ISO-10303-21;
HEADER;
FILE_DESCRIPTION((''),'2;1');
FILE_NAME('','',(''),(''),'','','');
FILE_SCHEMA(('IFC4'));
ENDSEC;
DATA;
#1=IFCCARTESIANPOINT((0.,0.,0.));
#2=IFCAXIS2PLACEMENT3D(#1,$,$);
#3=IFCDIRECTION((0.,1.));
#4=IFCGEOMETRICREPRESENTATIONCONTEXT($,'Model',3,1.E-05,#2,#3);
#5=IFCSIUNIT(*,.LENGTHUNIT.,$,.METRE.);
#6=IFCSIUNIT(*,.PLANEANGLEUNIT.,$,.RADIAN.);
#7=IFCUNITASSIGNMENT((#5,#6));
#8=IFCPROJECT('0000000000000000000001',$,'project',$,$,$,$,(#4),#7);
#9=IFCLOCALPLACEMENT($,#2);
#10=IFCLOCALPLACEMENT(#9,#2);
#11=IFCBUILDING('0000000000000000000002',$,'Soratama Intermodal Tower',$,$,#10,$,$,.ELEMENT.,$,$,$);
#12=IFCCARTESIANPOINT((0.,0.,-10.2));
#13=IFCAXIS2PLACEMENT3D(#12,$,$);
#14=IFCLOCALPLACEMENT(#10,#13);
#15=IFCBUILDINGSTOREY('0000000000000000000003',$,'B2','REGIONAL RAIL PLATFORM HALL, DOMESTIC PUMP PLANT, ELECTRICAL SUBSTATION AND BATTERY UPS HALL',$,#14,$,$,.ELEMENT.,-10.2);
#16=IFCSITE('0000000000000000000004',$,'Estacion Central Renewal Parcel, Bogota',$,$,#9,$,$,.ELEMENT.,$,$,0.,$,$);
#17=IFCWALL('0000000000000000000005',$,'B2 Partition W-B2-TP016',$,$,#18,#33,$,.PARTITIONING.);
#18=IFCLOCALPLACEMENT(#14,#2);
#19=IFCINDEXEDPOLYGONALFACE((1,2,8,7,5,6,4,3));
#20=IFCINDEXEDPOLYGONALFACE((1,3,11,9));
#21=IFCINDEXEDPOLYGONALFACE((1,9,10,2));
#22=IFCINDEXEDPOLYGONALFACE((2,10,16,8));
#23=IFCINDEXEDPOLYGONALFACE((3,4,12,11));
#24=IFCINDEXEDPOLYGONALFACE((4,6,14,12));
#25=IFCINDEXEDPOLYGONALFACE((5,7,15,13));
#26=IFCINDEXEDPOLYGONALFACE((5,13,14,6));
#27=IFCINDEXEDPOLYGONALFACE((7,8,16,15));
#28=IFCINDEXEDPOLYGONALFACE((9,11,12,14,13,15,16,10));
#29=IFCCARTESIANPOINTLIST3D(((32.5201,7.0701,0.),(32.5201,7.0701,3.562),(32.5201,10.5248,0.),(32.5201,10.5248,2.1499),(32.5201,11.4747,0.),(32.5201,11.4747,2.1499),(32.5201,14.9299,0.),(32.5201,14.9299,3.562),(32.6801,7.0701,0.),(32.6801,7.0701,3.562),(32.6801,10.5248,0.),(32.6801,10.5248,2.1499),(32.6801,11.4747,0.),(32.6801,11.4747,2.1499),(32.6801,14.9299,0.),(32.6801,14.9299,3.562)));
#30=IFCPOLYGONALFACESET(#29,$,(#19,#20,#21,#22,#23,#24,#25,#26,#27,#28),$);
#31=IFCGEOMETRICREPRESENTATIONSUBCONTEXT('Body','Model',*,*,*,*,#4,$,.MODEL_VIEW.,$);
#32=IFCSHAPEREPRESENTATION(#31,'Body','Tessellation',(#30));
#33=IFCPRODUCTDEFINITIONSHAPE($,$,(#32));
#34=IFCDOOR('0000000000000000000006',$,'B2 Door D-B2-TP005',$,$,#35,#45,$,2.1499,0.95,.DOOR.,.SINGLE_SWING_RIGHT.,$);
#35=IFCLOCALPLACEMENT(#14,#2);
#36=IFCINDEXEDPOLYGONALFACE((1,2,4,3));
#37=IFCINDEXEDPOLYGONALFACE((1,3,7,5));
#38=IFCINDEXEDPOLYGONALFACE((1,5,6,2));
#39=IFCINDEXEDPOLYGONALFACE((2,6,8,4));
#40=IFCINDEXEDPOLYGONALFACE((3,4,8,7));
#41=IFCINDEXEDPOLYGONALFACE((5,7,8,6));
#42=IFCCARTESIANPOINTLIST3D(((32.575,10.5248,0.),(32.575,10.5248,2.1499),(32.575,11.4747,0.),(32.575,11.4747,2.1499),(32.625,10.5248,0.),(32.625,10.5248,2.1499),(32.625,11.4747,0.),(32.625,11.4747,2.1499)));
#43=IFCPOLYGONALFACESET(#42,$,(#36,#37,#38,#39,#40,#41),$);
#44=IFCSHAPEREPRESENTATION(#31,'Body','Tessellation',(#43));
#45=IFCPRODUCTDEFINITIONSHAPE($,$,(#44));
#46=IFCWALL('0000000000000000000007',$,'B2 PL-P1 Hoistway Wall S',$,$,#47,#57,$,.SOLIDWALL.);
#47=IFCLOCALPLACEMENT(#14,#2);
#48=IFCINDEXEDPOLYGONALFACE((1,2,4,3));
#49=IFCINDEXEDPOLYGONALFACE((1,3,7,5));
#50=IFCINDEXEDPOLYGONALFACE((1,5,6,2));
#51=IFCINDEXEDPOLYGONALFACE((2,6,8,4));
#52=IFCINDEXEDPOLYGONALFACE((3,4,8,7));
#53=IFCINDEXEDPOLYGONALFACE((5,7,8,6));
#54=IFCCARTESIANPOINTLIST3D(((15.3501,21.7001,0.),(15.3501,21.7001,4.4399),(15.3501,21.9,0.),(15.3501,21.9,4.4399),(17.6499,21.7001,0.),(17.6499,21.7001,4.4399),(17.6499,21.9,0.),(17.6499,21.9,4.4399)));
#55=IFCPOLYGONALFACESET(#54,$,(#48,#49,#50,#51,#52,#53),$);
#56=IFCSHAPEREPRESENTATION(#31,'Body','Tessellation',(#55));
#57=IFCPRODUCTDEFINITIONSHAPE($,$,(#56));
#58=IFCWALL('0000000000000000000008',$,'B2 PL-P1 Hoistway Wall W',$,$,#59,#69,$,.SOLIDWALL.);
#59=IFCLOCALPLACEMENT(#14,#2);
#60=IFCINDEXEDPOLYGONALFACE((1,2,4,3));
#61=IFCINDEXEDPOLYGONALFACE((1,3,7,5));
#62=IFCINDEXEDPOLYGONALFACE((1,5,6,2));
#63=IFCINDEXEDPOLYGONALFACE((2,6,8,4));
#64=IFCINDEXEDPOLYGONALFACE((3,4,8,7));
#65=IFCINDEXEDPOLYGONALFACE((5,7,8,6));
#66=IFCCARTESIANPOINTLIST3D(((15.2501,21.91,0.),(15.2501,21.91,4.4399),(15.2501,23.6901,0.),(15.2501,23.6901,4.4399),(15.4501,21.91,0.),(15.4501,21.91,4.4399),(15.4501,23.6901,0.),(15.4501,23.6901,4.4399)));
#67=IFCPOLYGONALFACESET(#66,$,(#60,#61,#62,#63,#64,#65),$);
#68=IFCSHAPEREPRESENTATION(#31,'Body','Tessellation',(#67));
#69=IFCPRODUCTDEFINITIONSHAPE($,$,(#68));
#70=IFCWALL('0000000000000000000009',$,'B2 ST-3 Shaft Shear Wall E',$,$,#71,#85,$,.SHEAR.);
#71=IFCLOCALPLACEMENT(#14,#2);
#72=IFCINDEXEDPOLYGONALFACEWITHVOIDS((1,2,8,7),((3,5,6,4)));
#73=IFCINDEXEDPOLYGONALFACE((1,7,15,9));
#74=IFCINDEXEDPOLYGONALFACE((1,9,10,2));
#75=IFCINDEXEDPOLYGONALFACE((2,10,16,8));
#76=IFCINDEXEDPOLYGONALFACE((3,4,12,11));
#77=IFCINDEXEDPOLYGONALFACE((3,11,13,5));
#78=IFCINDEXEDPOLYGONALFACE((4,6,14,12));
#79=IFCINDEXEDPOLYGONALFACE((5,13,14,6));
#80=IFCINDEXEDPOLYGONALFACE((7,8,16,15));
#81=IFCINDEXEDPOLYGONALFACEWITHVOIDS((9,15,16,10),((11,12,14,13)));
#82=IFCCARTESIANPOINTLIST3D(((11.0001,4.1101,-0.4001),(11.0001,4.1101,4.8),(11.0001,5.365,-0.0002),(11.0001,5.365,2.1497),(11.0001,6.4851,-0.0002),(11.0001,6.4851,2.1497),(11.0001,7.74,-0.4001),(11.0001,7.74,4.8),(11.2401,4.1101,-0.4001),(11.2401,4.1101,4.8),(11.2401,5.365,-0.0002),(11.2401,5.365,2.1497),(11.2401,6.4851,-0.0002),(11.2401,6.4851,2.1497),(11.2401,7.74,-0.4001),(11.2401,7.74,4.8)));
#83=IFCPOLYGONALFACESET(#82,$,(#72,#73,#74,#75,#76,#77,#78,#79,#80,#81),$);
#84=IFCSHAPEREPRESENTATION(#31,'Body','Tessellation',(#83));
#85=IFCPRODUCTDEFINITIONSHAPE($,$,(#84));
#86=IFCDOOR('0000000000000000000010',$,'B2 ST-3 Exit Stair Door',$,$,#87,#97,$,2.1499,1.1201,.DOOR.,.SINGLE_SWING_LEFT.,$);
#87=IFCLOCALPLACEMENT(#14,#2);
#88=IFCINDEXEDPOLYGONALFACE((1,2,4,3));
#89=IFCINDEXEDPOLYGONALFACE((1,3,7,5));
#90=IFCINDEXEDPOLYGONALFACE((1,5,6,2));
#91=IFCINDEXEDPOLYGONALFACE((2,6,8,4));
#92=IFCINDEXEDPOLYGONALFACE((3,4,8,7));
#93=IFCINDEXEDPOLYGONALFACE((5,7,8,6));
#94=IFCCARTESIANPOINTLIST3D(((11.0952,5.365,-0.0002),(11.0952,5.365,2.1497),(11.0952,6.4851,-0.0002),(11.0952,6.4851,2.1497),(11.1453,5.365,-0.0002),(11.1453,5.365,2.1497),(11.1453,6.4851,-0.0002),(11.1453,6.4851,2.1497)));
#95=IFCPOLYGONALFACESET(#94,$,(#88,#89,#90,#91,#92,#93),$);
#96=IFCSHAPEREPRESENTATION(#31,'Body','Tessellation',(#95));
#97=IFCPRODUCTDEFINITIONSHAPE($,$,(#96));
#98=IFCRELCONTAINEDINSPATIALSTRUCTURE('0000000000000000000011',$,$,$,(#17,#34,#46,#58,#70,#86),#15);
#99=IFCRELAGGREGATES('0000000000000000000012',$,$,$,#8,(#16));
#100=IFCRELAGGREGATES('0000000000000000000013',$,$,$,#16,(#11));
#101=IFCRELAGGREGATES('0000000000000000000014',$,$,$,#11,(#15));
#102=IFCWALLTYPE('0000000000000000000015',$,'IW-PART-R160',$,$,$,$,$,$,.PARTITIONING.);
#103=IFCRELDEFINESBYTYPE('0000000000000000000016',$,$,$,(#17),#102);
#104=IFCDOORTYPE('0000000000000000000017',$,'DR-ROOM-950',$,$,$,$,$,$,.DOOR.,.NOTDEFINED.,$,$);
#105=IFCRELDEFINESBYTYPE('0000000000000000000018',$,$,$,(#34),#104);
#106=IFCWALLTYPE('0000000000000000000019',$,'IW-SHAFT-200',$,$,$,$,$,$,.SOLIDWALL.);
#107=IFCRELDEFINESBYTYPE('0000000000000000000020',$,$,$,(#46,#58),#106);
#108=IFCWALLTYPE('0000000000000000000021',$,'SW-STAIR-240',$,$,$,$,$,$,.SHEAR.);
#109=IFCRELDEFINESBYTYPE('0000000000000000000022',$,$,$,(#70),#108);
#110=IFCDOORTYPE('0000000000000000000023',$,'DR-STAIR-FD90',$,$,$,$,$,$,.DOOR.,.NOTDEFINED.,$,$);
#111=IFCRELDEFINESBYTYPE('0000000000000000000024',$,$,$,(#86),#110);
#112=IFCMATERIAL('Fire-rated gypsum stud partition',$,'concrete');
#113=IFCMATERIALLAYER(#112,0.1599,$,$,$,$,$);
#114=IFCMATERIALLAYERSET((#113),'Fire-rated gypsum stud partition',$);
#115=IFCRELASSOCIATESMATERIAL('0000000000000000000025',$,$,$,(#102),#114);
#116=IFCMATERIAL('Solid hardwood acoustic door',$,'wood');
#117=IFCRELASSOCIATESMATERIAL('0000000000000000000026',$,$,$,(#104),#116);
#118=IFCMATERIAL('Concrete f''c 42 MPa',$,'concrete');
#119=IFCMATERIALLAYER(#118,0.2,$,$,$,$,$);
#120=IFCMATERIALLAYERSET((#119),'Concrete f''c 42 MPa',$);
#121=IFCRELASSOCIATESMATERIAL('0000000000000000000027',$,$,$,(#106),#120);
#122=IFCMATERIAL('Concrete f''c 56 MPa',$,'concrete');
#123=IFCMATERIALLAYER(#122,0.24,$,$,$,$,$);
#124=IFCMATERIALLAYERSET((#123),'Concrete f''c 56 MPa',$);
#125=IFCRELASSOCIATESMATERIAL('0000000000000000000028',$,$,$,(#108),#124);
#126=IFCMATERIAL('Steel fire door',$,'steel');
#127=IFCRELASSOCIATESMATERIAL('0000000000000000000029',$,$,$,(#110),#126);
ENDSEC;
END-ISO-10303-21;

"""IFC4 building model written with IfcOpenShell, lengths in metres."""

from ifc_helpers import new_model, si_unit, direction, frame, frame_2d, origin, place, context, subcontext, project, spatial, rectangle, extrude, material, layer, layer_set, type_object, element, fill, save


model = new_model("IFC4")

# Units and contexts
model_context = context("Model", 3, precision=1e-05, world=origin(), true_north=direction((0.0, 1.0)))
body_context = subcontext(model_context, "Body", "Model", "MODEL_VIEW")
ifc_project = project(units=[si_unit("LENGTHUNIT", "METRE"), si_unit("PLANEANGLEUNIT", "RADIAN")], contexts=[model_context])

# Site, building, storey
site_placement = place(None, origin())
site = spatial("IfcSite", under=ifc_project, at=site_placement, Name="Estacion Central Renewal Parcel, Bogota", CompositionType="ELEMENT", RefElevation=0.0)
building_placement = place(site_placement, origin())
building = spatial("IfcBuilding", under=site, at=building_placement, Name="Soratama Intermodal Tower", CompositionType="ELEMENT")
storey_placement = place(building_placement, frame((0.0, 0.0, -10.2)))
storey = spatial("IfcBuildingStorey", under=building, at=storey_placement, Name="B2", Description="REGIONAL RAIL PLATFORM HALL, DOMESTIC PUMP PLANT, ELECTRICAL SUBSTATION AND BATTERY UPS HALL", CompositionType="ELEMENT", Elevation=-10.2)

# Shared definitions
ifc_material_1 = material(Name="Fire-rated gypsum stud partition", Category="concrete")
ifc_layer_1 = layer(ifc_material_1, 0.1599)
ifc_layer_set_1 = layer_set([ifc_layer_1], Name="Fire-rated gypsum stud partition")
wall_type_1 = type_object("IfcWallType", Name="IW-PART-R160", PredefinedType="PARTITIONING", material=ifc_layer_set_1)

# Wall, opening, door
wall_1_placement = place(storey_placement, frame((32.6001, 14.9299, 0.0), z_axis=(0.0, 0.0, 1.0), x_axis=(0.0, -1.0, 0.0)))
wall_1 = element("IfcWall", 1, at=wall_1_placement, inside=storey, type_object=wall_type_1, Name="B2 Partition W-B2-TP016", PredefinedType="PARTITIONING", context=body_context, shape_type="SweptSolid", body=[
    extrude(rectangle(XDim=7.8599, YDim=0.1599, at=frame_2d((3.9299, 0.0))), origin(), (0.0, 0.0, 1.0), 3.562),
])
opening_1_placement = place(wall_1_placement, frame((3.4551, 0.0, 0.0)))
opening_1 = element("IfcOpeningElement", 2, at=opening_1_placement, cuts=wall_1, PredefinedType="OPENING", context=body_context, shape_type="SweptSolid", body=[
    extrude(rectangle(XDim=0.95, YDim=2.1499, at=frame_2d((0.4751, 1.075))), frame((0.0, 0.0898, 0.0), z_axis=(0.0, -1.0, 0.0), x_axis=(1.0, 0.0, 0.0)), (0.0, 0.0, 1.0), 0.1799),
])
ifc_material_2 = material(Name="Solid hardwood acoustic door", Category="wood")
door_type_1 = type_object("IfcDoorType", Name="DR-ROOM-950", OperationType="NOTDEFINED", PredefinedType="DOOR", material=ifc_material_2)
door_1_placement = place(opening_1_placement, origin())
door_1 = element("IfcDoor", 3, at=door_1_placement, inside=storey, type_object=door_type_1, Name="B2 Door D-B2-TP005", OperationType="SINGLE_SWING_RIGHT", OverallHeight=2.1499, OverallWidth=0.95, PredefinedType="DOOR", context=body_context, shape_type="SweptSolid", body=[
    extrude(rectangle(XDim=0.95, YDim=2.1499, at=frame_2d((0.4751, 1.075))), frame((0.0, 0.0249, 0.0), z_axis=(0.0, -1.0, 0.0), x_axis=(1.0, 0.0, 0.0)), (0.0, 0.0, 1.0), 0.05),
])
fill(opening_1, door_1)

# Walls
ifc_material_3 = material(Name="Concrete f'c 42 MPa", Category="concrete")
ifc_layer_2 = layer(ifc_material_3, 0.2)
ifc_layer_set_2 = layer_set([ifc_layer_2], Name="Concrete f'c 42 MPa")
wall_type_2 = type_object("IfcWallType", Name="IW-SHAFT-200", PredefinedType="SOLIDWALL", material=ifc_layer_set_2)
wall_2_placement = place(storey_placement, frame((15.3501, 21.8, 0.0), z_axis=(0.0, 0.0, 1.0), x_axis=(1.0, 0.0, 0.0)))
element("IfcWall", 4, at=wall_2_placement, inside=storey, type_object=wall_type_2, Name="B2 PL-P1 Hoistway Wall S", PredefinedType="SOLIDWALL", context=body_context, shape_type="SweptSolid", body=[
    extrude(rectangle(XDim=2.2998, YDim=0.2, at=frame_2d((1.1499, 0.0))), origin(), (0.0, 0.0, 1.0), 4.4399),
])
wall_3_placement = place(storey_placement, frame((15.3501, 21.9099, 0.0), z_axis=(0.0, 0.0, 1.0), x_axis=(0.0, 1.0, 0.0)))
element("IfcWall", 5, at=wall_3_placement, inside=storey, type_object=wall_type_2, Name="B2 PL-P1 Hoistway Wall W", PredefinedType="SOLIDWALL", context=body_context, shape_type="SweptSolid", body=[
    extrude(rectangle(XDim=1.78, YDim=0.2, at=frame_2d((0.8901, 0.0))), origin(), (0.0, 0.0, 1.0), 4.4399),
])

# Wall, opening, door
ifc_material_4 = material(Name="Concrete f'c 56 MPa", Category="concrete")
ifc_layer_3 = layer(ifc_material_4, 0.24)
ifc_layer_set_3 = layer_set([ifc_layer_3], Name="Concrete f'c 56 MPa")
wall_type_3 = type_object("IfcWallType", Name="SW-STAIR-240", PredefinedType="SHEAR", material=ifc_layer_set_3)
wall_4_placement = place(storey_placement, frame((11.1201, 4.1101, -0.4001), z_axis=(0.0, 0.0, 1.0), x_axis=(0.0, 1.0, 0.0)))
wall_4 = element("IfcWall", 6, at=wall_4_placement, inside=storey, type_object=wall_type_3, Name="B2 ST-3 Shaft Shear Wall E", PredefinedType="SHEAR", context=body_context, shape_type="SweptSolid", body=[
    extrude(rectangle(XDim=3.6299, YDim=0.24, at=frame_2d((1.8149, 0.0))), origin(), (0.0, 0.0, 1.0), 5.2002),
])
opening_2_placement = place(wall_4_placement, frame((1.2549, 0.0, 0.3999)))
opening_2 = element("IfcOpeningElement", 7, at=opening_2_placement, cuts=wall_4, PredefinedType="OPENING", context=body_context, shape_type="SweptSolid", body=[
    extrude(rectangle(XDim=1.1201, YDim=2.1499, at=frame_2d((0.5601, 1.075))), frame((0.0, 0.1299, 0.0), z_axis=(0.0, -1.0, 0.0), x_axis=(1.0, 0.0, 0.0)), (0.0, 0.0, 1.0), 0.26),
])
ifc_material_5 = material(Name="Steel fire door", Category="steel")
door_type_2 = type_object("IfcDoorType", Name="DR-STAIR-FD90", OperationType="NOTDEFINED", PredefinedType="DOOR", material=ifc_material_5)
door_2_placement = place(opening_2_placement, origin())
door_2 = element("IfcDoor", 8, at=door_2_placement, inside=storey, type_object=door_type_2, Name="B2 ST-3 Exit Stair Door", OperationType="SINGLE_SWING_LEFT", OverallHeight=2.1499, OverallWidth=1.1201, PredefinedType="DOOR", context=body_context, shape_type="SweptSolid", body=[
    extrude(rectangle(XDim=1.1201, YDim=2.1499, at=frame_2d((0.5601, 1.075))), frame((0.0, 0.0249, 0.0), z_axis=(0.0, -1.0, 0.0), x_axis=(1.0, 0.0, 0.0)), (0.0, 0.0, 1.0), 0.05),
])
fill(opening_2, door_2)

save(model, "model.ifc")
